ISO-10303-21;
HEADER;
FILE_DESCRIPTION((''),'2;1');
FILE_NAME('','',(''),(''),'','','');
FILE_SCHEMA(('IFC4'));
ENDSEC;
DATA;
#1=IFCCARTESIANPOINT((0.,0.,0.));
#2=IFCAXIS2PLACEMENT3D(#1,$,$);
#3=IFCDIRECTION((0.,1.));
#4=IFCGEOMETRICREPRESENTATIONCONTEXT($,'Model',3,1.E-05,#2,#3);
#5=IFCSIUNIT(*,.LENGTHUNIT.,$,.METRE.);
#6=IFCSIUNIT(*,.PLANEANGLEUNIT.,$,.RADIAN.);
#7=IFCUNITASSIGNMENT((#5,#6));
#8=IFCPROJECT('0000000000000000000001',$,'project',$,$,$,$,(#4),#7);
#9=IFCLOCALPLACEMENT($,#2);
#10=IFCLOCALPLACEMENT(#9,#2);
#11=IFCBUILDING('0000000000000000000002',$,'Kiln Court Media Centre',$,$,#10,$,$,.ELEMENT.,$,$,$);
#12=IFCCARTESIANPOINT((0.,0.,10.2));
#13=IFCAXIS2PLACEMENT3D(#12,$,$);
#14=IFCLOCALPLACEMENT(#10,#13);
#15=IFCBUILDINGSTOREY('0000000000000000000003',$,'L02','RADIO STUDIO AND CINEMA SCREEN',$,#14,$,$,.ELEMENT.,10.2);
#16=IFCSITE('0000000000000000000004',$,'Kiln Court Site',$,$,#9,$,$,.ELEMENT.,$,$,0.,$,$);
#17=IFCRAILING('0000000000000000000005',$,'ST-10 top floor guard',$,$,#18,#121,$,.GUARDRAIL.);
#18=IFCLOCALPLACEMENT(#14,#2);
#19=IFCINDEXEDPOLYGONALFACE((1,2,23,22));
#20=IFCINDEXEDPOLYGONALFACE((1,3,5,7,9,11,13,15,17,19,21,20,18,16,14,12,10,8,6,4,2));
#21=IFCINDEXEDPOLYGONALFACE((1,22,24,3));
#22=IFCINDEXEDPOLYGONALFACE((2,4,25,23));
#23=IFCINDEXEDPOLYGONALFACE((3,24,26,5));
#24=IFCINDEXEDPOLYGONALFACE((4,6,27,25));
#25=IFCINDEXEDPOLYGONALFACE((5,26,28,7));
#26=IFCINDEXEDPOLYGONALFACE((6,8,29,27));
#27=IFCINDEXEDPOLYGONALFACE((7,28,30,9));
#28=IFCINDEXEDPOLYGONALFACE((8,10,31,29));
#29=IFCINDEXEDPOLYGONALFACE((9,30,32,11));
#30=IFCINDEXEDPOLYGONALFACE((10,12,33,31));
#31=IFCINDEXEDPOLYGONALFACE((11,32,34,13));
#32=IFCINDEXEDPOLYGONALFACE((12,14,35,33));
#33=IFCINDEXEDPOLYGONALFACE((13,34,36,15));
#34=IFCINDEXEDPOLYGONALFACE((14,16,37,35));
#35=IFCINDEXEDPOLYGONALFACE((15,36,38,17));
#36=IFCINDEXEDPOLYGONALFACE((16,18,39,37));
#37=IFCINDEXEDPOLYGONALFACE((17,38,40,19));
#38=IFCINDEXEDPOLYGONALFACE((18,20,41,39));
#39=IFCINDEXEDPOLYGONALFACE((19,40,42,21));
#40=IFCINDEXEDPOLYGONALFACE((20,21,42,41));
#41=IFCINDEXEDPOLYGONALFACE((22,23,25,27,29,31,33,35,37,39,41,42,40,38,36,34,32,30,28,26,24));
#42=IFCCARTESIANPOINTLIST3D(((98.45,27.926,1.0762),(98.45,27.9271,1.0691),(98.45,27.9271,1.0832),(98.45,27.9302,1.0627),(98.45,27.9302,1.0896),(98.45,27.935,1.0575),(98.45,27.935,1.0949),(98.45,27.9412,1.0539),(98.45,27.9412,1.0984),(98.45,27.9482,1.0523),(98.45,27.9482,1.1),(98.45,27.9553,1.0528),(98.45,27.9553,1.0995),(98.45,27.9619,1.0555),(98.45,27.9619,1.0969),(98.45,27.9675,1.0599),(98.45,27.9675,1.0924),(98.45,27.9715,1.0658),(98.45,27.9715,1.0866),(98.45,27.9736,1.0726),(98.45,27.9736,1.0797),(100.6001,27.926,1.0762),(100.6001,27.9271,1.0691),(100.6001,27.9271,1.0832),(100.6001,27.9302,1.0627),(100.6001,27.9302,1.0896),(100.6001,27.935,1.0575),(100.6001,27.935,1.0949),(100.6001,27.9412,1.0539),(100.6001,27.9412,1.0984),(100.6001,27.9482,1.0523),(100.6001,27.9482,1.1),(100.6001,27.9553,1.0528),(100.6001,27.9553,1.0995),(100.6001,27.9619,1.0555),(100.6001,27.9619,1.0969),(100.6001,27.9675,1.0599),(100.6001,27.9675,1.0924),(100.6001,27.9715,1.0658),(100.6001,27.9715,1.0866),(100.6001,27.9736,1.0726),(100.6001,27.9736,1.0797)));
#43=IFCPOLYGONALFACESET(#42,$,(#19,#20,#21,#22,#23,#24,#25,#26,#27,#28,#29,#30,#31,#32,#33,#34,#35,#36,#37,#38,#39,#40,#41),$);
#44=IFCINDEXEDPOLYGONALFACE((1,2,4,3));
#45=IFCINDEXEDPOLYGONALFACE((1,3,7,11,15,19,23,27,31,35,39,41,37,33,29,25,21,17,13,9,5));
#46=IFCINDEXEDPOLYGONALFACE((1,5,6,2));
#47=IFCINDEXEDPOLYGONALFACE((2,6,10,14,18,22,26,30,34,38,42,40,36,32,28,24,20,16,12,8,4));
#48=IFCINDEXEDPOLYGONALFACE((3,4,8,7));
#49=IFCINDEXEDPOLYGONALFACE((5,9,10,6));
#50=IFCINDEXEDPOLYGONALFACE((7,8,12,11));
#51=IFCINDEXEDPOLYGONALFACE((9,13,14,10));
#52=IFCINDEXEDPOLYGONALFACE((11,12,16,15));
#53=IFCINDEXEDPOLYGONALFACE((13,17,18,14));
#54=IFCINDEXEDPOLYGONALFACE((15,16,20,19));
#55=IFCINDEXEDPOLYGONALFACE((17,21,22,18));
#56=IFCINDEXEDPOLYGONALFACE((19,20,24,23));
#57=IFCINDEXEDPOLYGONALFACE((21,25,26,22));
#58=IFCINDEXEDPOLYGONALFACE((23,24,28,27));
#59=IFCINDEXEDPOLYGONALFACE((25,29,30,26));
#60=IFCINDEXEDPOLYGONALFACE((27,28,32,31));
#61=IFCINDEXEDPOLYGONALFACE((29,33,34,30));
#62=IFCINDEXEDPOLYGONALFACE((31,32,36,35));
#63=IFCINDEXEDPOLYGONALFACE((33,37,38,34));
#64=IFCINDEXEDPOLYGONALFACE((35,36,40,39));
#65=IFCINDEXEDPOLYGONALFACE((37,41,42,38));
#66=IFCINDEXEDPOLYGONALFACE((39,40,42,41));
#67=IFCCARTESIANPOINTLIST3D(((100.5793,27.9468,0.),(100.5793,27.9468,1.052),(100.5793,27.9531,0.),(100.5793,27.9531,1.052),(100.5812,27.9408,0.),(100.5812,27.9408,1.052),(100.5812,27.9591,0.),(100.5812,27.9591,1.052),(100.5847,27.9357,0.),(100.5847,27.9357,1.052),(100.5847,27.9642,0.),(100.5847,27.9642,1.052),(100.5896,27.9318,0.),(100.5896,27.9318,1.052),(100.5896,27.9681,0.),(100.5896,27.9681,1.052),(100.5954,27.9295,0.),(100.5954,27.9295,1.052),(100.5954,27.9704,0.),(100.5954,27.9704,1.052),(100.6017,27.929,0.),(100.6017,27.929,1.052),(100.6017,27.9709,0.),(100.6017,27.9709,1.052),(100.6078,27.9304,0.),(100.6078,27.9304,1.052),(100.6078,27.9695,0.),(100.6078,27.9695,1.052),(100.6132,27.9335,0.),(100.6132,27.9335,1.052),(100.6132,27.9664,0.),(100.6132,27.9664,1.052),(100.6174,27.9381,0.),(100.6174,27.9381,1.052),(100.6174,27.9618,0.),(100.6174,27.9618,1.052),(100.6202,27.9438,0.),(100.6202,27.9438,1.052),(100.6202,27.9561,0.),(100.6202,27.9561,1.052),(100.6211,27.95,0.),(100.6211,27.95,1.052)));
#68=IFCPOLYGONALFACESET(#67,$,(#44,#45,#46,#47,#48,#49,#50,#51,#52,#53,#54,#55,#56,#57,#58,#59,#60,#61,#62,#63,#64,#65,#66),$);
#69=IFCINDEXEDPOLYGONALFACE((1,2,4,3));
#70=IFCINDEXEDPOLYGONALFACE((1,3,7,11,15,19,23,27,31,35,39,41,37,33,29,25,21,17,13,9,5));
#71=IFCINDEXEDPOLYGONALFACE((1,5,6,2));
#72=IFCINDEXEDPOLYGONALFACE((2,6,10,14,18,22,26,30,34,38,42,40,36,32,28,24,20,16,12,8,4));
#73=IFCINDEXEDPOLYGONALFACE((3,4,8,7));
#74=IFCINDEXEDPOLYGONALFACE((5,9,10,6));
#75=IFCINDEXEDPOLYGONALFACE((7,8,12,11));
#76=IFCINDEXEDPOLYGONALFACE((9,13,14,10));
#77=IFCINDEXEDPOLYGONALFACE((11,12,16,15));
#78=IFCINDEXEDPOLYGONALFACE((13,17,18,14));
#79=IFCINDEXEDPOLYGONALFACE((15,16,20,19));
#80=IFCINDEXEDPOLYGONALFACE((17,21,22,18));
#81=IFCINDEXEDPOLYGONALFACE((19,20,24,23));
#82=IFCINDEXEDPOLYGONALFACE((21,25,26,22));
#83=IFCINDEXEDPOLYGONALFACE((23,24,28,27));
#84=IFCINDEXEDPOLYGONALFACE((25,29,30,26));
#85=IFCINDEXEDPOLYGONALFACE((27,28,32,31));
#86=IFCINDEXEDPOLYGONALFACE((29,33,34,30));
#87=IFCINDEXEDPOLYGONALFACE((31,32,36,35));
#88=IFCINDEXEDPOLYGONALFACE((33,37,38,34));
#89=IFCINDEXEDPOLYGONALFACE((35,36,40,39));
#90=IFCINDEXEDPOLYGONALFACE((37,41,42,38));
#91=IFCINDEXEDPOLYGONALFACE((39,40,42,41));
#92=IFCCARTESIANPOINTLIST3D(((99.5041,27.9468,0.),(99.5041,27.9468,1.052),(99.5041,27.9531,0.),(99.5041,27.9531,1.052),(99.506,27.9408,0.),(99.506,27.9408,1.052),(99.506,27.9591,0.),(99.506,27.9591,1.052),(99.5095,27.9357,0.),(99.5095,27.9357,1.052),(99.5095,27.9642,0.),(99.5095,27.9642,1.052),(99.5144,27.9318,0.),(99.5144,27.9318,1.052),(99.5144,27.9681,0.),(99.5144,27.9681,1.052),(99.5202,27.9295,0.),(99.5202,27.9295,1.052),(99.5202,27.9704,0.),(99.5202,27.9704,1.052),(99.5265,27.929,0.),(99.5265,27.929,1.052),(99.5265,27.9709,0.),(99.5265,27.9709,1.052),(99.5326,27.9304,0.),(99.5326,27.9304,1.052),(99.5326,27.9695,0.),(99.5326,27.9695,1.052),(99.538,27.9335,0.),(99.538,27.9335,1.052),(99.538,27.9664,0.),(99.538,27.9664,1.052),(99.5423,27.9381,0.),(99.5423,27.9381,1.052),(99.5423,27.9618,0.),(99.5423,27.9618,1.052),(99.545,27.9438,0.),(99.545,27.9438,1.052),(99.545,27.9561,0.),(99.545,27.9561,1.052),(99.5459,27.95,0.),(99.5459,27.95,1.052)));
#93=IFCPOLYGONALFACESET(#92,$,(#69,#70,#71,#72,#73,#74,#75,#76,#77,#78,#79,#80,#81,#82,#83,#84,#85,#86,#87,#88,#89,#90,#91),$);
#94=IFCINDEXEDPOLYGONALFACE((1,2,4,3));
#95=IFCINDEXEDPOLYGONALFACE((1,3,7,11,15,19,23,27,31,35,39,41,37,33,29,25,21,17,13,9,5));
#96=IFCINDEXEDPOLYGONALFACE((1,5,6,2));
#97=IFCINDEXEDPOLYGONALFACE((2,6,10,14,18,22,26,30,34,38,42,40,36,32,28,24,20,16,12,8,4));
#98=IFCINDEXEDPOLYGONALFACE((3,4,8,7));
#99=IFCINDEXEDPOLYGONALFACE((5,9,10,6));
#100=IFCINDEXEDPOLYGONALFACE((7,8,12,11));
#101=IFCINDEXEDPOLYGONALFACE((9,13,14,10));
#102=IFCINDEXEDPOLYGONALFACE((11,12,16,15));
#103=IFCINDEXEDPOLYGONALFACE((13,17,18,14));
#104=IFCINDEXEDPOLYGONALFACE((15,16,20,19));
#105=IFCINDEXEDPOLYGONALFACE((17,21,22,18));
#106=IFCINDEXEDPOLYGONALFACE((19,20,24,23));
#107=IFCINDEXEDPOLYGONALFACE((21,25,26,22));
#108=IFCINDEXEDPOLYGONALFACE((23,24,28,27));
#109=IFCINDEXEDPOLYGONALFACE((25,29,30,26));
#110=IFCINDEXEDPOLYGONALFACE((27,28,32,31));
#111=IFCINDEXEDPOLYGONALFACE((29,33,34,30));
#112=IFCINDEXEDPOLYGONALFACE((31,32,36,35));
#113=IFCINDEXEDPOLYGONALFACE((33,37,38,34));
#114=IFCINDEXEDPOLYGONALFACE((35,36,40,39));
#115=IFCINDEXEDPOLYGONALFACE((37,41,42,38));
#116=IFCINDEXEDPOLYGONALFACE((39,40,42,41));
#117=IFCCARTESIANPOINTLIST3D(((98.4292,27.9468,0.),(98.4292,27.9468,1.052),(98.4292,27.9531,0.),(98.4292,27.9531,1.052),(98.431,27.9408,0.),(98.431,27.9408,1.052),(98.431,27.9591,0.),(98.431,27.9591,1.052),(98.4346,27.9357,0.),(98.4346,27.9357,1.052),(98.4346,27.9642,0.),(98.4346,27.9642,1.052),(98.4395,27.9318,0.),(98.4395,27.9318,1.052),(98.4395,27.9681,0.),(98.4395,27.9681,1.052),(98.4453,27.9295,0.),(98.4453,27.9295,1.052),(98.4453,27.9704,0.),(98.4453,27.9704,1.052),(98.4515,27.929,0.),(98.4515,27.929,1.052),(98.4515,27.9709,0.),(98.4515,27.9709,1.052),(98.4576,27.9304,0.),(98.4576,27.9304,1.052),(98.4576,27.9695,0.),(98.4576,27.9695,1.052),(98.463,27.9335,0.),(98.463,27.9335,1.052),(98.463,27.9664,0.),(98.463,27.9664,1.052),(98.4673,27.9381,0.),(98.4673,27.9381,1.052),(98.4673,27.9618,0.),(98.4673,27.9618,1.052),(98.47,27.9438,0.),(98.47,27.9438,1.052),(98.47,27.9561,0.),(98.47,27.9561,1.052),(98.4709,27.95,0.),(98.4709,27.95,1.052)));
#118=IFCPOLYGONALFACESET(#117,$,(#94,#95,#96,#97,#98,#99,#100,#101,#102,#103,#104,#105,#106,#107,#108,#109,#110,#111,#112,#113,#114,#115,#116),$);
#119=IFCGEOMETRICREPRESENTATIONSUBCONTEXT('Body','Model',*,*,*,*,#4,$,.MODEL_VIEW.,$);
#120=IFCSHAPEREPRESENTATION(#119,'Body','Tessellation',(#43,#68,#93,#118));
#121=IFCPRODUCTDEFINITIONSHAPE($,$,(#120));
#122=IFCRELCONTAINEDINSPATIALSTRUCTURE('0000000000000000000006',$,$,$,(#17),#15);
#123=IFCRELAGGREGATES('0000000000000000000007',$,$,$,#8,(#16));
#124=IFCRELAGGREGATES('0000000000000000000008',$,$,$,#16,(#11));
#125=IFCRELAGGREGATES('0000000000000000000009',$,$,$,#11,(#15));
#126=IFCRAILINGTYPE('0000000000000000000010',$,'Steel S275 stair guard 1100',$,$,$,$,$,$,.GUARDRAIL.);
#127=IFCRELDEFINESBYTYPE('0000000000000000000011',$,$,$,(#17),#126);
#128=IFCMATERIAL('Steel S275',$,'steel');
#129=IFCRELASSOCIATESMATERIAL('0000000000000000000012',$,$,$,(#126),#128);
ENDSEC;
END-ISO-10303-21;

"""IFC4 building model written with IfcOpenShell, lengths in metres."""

from ifc_helpers import new_model, si_unit, direction, frame, origin, origin_2d, place, context, subcontext, project, spatial, circle, extrude, material, type_object, element, save


model = new_model("IFC4")

# Units and contexts
model_context = context("Model", 3, precision=1e-05, world=origin(), true_north=direction((0.0, 1.0)))
body_context = subcontext(model_context, "Body", "Model", "MODEL_VIEW")
ifc_project = project(units=[si_unit("LENGTHUNIT", "METRE"), si_unit("PLANEANGLEUNIT", "RADIAN")], contexts=[model_context])

# Site, building, storey
site_placement = place(None, origin())
site = spatial("IfcSite", under=ifc_project, at=site_placement, Name="Kiln Court Site", CompositionType="ELEMENT", RefElevation=0.0)
building_placement = place(site_placement, origin())
building = spatial("IfcBuilding", under=site, at=building_placement, Name="Kiln Court Media Centre", CompositionType="ELEMENT")
storey_placement = place(building_placement, frame((0.0, 0.0, 10.2)))
storey = spatial("IfcBuildingStorey", under=building, at=storey_placement, Name="L02", Description="RADIO STUDIO AND CINEMA SCREEN", CompositionType="ELEMENT", Elevation=10.2)

# Railing
ifc_material_1 = material(Name="Steel S275", Category="steel")
railing_type = type_object("IfcRailingType", Name="Steel S275 stair guard 1100", PredefinedType="GUARDRAIL", material=ifc_material_1)
railing_1_placement = place(storey_placement, frame((100.6001, 27.95, 0.0)))
element("IfcRailing", 1, at=railing_1_placement, inside=storey, type_object=railing_type, Name="ST-10 top floor guard", PredefinedType="GUARDRAIL", context=body_context, shape_type="SweptSolid", body=[
    extrude(circle(Radius=0.0239, at=origin_2d()), frame((0.0, 0.0, 1.0762), z_axis=(-1.0, 0.0, 0.0), x_axis=(0.0, -1.0, 0.0)), (0.0, 0.0, 1.0), 2.1501),
    extrude(circle(Radius=0.021, at=origin_2d()), origin(), (0.0, 0.0, 1.0), 1.052),
    extrude(circle(Radius=0.021, at=origin_2d()), frame((-1.0752, 0.0, 0.0)), (0.0, 0.0, 1.0), 1.052),
    extrude(circle(Radius=0.021, at=origin_2d()), frame((-2.1501, 0.0, 0.0)), (0.0, 0.0, 1.0), 1.052),
])

save(model, "model.ifc")
